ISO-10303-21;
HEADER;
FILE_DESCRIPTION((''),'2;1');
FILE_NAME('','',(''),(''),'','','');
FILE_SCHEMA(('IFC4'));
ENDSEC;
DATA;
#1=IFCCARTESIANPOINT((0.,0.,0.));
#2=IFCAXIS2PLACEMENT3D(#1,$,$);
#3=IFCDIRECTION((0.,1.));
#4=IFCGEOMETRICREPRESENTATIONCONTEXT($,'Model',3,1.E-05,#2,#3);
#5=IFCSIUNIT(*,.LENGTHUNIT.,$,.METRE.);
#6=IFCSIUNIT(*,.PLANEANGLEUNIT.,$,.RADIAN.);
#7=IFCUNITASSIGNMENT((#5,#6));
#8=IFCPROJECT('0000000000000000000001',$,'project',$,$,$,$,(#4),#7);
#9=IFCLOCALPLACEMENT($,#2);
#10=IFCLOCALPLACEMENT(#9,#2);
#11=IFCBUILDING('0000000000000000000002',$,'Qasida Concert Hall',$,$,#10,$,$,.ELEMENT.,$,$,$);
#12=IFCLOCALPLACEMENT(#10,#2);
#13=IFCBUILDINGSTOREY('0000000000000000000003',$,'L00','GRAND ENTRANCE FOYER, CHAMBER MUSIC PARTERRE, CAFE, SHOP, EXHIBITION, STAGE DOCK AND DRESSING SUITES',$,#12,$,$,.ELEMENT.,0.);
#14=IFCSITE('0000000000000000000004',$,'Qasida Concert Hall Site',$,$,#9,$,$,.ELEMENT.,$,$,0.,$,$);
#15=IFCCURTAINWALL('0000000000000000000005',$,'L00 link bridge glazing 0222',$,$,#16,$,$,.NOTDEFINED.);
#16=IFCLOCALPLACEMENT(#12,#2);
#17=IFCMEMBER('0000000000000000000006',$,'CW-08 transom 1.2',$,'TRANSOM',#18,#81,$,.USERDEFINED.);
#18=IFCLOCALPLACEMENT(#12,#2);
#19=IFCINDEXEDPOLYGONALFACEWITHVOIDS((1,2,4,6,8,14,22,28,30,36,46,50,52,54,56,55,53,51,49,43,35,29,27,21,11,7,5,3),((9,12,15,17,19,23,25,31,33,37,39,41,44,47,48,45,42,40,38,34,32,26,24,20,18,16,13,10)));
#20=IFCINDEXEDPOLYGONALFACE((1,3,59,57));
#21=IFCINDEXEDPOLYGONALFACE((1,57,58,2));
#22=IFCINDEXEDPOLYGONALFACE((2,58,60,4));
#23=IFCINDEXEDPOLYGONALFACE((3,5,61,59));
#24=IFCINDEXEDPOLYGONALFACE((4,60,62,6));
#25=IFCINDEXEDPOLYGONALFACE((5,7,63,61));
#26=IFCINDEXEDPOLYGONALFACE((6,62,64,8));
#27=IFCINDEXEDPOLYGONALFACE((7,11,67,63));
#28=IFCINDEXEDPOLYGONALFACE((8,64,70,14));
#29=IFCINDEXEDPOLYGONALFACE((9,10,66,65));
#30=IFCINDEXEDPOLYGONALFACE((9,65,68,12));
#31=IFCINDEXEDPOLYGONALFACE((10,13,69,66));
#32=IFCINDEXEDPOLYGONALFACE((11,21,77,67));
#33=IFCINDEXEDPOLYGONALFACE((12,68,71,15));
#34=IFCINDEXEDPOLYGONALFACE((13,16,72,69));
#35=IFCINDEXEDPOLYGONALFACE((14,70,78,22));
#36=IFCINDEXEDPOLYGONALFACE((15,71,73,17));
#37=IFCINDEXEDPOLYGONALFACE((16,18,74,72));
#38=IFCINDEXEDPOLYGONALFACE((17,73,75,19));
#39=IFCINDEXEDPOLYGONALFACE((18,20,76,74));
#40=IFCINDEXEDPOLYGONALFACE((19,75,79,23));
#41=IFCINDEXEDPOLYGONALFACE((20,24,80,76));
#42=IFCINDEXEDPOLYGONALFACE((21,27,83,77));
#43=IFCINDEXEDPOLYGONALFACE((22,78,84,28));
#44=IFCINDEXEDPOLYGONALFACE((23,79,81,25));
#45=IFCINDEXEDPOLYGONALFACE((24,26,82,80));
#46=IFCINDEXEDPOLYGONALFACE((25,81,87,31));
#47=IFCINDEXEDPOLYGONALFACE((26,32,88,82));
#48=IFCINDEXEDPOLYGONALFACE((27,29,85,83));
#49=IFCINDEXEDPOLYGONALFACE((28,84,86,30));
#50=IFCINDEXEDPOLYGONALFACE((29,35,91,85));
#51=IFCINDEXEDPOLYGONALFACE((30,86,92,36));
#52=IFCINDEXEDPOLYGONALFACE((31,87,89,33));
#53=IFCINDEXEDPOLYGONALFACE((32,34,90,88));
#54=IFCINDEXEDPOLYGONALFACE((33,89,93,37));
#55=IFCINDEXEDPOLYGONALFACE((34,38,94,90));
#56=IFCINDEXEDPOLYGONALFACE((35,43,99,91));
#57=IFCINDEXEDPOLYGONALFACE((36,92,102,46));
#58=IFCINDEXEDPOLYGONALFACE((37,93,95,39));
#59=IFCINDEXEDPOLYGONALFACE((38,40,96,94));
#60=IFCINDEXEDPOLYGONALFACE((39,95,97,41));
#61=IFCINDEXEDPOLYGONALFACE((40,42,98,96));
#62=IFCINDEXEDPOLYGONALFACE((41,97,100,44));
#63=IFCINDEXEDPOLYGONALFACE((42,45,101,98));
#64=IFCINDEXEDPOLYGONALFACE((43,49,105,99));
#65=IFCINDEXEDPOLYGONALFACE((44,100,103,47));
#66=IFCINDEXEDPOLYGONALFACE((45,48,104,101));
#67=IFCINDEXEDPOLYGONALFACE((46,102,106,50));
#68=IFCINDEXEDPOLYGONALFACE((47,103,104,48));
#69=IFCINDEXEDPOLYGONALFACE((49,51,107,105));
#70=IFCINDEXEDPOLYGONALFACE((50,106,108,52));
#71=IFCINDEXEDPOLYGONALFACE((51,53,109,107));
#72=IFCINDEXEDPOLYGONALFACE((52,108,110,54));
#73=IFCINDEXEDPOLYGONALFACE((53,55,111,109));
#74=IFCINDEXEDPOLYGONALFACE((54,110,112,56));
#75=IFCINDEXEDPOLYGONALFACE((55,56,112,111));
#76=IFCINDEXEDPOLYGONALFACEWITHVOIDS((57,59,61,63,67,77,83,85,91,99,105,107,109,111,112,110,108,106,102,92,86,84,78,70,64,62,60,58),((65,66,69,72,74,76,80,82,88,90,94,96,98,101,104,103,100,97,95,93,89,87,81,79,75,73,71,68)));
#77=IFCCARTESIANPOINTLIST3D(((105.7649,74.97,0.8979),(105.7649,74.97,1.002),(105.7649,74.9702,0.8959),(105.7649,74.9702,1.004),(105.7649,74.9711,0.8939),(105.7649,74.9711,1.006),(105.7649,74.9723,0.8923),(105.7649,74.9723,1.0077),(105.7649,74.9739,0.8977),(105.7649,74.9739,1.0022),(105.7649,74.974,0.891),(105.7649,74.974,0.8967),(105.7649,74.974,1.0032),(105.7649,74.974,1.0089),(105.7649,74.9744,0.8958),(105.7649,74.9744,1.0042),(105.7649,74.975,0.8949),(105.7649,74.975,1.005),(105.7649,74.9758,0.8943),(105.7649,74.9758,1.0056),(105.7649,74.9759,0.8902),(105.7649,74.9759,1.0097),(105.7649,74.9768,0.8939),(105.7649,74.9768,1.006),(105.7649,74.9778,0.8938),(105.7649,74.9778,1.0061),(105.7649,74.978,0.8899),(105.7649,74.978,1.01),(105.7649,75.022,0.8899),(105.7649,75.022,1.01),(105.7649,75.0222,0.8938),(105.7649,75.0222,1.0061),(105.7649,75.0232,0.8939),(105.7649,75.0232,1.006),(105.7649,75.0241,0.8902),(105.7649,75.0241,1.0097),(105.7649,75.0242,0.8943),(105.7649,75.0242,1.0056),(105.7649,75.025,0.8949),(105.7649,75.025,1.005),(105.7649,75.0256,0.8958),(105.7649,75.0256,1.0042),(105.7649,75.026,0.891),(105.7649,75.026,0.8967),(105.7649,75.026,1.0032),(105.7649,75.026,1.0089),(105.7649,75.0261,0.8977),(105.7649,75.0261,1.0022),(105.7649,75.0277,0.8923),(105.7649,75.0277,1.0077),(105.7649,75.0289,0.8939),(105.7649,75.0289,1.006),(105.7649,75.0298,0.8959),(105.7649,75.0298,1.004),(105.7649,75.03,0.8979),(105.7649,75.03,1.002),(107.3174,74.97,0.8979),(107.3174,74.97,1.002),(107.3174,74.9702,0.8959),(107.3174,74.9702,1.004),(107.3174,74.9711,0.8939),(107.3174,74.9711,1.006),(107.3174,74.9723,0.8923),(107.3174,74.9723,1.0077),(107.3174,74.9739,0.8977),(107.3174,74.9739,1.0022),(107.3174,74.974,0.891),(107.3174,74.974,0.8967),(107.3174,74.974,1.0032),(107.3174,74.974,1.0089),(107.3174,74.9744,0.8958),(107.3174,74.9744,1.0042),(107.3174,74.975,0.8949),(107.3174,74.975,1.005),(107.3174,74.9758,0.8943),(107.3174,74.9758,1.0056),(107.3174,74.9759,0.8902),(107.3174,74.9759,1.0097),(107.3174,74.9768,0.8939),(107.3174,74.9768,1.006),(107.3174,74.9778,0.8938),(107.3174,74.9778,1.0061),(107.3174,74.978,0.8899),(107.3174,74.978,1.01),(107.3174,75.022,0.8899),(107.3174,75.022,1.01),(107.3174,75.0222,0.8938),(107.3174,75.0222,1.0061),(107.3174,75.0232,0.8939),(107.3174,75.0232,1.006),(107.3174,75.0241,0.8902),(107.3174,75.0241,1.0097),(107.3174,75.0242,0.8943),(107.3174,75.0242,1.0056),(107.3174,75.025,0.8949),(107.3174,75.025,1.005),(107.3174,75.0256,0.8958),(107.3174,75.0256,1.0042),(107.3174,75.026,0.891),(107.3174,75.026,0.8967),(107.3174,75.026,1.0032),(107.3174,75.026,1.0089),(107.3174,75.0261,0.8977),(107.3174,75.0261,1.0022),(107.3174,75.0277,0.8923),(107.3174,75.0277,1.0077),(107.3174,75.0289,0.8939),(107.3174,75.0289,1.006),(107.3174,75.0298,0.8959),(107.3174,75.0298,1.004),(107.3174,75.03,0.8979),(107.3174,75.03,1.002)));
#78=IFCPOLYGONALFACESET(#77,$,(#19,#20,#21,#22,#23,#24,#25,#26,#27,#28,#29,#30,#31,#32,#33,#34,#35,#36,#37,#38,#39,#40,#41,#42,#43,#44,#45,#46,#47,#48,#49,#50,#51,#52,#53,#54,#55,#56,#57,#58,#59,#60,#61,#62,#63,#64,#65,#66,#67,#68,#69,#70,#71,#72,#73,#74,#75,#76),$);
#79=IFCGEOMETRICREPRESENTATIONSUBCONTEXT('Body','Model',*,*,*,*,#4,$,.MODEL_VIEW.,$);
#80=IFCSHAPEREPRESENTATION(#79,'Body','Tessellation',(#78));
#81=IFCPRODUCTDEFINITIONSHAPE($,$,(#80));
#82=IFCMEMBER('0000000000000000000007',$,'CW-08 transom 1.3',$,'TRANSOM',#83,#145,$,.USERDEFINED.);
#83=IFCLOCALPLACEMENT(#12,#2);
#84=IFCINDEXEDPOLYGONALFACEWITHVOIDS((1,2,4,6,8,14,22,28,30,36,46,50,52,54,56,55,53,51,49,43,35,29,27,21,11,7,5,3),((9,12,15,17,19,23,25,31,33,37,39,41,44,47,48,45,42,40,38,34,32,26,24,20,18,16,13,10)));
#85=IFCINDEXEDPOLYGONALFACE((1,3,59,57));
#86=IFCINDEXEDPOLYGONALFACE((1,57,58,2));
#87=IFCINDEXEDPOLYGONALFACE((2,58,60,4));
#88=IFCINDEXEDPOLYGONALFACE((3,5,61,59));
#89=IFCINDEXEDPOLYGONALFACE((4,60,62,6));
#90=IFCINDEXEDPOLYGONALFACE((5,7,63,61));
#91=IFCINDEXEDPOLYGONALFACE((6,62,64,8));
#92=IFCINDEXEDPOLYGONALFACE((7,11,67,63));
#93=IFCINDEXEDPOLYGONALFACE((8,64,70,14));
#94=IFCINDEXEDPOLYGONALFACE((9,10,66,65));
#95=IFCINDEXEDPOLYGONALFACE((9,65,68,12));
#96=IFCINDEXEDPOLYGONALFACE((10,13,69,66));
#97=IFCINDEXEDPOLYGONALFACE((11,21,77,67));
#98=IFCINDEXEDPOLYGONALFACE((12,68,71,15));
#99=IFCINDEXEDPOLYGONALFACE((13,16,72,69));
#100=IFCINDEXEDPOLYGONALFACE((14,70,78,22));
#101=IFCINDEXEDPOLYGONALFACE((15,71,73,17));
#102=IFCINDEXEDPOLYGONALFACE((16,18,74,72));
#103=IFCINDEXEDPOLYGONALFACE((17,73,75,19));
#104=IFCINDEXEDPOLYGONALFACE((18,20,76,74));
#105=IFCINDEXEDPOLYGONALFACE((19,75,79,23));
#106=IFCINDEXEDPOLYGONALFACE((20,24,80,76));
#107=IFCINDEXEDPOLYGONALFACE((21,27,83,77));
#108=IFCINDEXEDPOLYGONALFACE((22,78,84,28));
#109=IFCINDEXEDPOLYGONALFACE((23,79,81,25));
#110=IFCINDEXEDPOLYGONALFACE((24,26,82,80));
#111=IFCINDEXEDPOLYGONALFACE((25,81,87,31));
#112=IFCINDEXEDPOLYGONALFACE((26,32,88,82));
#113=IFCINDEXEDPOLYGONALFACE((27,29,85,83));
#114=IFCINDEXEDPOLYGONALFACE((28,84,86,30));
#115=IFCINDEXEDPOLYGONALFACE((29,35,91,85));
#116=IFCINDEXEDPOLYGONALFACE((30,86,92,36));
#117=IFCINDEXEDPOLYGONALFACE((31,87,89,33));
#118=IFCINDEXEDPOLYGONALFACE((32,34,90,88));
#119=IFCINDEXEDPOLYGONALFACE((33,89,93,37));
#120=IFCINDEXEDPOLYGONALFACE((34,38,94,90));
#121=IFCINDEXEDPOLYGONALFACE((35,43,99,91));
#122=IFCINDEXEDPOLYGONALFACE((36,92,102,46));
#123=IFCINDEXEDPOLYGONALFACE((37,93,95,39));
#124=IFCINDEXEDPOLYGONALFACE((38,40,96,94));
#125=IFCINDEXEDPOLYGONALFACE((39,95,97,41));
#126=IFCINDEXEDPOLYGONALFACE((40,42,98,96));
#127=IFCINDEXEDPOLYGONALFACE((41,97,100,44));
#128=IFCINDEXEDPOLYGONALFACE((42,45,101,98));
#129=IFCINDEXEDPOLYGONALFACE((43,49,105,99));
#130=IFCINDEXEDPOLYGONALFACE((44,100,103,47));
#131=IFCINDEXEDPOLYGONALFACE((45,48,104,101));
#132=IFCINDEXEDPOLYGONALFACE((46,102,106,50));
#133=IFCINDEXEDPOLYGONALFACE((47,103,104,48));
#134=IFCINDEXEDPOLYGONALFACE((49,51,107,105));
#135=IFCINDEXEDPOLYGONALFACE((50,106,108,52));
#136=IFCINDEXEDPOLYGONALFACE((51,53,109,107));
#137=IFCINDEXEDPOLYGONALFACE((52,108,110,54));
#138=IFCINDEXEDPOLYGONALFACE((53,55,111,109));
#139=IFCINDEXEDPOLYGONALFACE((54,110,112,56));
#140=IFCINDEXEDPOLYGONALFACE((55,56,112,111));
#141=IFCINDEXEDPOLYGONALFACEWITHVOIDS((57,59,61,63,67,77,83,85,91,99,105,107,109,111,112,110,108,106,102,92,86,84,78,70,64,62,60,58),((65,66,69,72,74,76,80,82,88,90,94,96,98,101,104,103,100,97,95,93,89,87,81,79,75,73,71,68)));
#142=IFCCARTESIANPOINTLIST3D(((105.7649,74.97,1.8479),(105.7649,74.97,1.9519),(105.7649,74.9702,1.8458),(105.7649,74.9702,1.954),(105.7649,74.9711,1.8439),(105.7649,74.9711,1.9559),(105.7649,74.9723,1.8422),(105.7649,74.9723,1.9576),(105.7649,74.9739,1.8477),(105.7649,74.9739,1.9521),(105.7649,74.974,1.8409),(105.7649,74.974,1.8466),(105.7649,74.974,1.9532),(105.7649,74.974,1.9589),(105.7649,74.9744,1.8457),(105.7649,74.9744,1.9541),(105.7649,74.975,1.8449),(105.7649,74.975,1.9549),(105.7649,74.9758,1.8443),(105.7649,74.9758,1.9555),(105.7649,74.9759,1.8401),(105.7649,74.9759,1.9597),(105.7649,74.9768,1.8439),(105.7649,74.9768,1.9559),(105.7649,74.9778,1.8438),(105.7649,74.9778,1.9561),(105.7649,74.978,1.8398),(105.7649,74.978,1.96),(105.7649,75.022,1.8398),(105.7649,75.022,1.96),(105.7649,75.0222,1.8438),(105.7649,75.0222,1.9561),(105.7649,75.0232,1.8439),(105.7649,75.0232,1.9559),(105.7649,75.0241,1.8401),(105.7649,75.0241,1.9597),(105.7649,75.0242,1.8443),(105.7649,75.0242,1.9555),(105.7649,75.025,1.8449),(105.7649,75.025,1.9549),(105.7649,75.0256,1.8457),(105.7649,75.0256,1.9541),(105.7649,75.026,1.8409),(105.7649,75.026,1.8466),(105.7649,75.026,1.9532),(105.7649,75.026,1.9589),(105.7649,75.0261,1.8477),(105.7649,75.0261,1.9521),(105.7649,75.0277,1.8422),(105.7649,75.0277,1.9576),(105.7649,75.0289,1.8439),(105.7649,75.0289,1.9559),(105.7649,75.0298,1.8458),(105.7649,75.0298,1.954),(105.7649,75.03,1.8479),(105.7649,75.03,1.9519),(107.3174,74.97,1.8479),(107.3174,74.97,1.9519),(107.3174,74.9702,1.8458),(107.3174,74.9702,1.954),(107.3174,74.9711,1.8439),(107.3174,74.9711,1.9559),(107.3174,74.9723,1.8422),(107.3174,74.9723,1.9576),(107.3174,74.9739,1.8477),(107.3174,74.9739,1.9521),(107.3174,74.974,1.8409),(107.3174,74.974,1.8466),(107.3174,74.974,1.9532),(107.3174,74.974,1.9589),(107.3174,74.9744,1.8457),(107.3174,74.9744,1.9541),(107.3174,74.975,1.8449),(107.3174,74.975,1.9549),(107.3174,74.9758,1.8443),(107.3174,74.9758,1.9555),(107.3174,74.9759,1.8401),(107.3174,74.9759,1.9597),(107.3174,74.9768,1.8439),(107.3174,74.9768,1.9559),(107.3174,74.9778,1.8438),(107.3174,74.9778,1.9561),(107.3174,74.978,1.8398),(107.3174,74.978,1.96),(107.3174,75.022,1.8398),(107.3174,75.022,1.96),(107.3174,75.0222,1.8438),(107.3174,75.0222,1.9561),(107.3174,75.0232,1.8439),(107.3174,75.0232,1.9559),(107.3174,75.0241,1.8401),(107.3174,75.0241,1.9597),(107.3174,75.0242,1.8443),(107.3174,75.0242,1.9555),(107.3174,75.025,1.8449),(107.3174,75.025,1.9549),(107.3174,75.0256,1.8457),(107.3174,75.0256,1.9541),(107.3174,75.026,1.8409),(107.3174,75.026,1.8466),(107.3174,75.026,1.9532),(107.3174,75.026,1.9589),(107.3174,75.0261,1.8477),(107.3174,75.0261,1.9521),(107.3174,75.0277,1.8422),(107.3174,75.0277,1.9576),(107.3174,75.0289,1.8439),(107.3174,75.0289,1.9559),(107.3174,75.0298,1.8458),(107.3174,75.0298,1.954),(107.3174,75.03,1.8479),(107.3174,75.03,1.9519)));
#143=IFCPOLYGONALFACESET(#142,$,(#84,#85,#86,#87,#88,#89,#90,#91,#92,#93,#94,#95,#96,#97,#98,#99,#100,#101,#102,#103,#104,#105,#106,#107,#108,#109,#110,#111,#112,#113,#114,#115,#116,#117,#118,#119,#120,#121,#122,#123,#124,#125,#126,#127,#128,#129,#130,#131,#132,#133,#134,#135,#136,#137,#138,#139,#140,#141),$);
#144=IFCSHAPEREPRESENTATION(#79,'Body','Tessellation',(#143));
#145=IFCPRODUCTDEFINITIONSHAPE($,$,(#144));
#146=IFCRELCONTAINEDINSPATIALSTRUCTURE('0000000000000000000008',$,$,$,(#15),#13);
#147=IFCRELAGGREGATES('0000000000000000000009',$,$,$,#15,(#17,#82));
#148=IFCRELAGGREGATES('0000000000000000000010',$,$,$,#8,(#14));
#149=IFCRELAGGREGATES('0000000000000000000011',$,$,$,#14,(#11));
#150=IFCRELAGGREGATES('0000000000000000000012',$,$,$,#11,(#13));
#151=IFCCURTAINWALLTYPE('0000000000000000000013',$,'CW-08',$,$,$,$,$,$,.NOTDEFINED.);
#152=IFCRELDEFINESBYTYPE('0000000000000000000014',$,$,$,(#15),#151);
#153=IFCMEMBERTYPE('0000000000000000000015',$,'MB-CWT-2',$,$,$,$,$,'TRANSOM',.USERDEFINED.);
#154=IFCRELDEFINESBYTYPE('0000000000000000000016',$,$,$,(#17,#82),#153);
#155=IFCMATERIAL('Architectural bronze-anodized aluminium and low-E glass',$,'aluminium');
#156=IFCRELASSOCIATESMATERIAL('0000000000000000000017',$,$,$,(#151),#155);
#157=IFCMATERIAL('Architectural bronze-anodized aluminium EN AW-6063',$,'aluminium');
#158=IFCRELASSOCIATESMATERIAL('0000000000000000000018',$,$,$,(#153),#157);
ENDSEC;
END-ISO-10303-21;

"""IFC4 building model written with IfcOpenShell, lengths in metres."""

from ifc_helpers import new_model, si_unit, direction, frame, origin, origin_2d, place, context, subcontext, project, spatial, hollow_rectangle, extrude, material, material_profile, profile_set, type_object, element, aggregate, save


model = new_model("IFC4")

# Units and contexts
model_context = context("Model", 3, precision=1e-05, world=origin(), true_north=direction((0.0, 1.0)))
body_context = subcontext(model_context, "Body", "Model", "MODEL_VIEW")
ifc_project = project(units=[si_unit("LENGTHUNIT", "METRE"), si_unit("PLANEANGLEUNIT", "RADIAN")], contexts=[model_context])

# Site, building, storey
site_placement = place(None, origin())
site = spatial("IfcSite", under=ifc_project, at=site_placement, Name="Qasida Concert Hall Site", CompositionType="ELEMENT", RefElevation=0.0)
building_placement = place(site_placement, origin())
building = spatial("IfcBuilding", under=site, at=building_placement, Name="Qasida Concert Hall", CompositionType="ELEMENT")
storey_placement = place(building_placement, origin())
storey = spatial("IfcBuildingStorey", under=building, at=storey_placement, Name="L00", Description="GRAND ENTRANCE FOYER, CHAMBER MUSIC PARTERRE, CAFE, SHOP, EXHIBITION, STAGE DOCK AND DRESSING SUITES", CompositionType="ELEMENT", Elevation=0.0)

# Curtain wall, members
ifc_material_1 = material(Name="Architectural bronze-anodized aluminium and low-E glass", Category="aluminium")
curtain_wall_type = type_object("IfcCurtainWallType", Name="CW-08", PredefinedType="NOTDEFINED", material=ifc_material_1)
curtain_wall_placement = place(storey_placement, origin())
curtain_wall = element("IfcCurtainWall", 1, at=curtain_wall_placement, inside=storey, type_object=curtain_wall_type, Name="L00 link bridge glazing 0222", PredefinedType="NOTDEFINED")
ifc_material_2 = material(Name="Architectural bronze-anodized aluminium EN AW-6063", Category="aluminium")
ifc_material_profile_1 = material_profile(ifc_material_2, hollow_rectangle(XDim=0.0601, YDim=0.1201, WallThickness=0.0039, InnerFilletRadius=0.0039, OuterFilletRadius=0.0081, at=origin_2d()), Name="CWT 120x60x4")
ifc_profile_set_1 = profile_set([ifc_material_profile_1], Name="Architectural bronze-anodized aluminium EN AW-6063")
member_type_1 = type_object("IfcMemberType", Name="MB-CWT-2", ElementType="TRANSOM", PredefinedType="USERDEFINED", material=ifc_profile_set_1)
member_1_placement = place(storey_placement, frame((105.7649, 75.0, 0.95), z_axis=(1.0, 0.0, 0.0), x_axis=(0.0, 1.0, 0.0)))
member_1 = element("IfcMember", 2, at=member_1_placement, type_object=member_type_1, Name="CW-08 transom 1.2", ObjectType="TRANSOM", PredefinedType="USERDEFINED", context=body_context, shape_type="SweptSolid", body=[
    extrude(hollow_rectangle(XDim=0.0601, YDim=0.1201, WallThickness=0.0039, InnerFilletRadius=0.0039, OuterFilletRadius=0.0081, at=origin_2d()), origin(), (0.0, 0.0, 1.0), 1.5525),
])
member_2_placement = place(storey_placement, frame((105.7649, 75.0, 1.8999), z_axis=(1.0, 0.0, 0.0), x_axis=(0.0, 1.0, 0.0)))
member_2 = element("IfcMember", 3, at=member_2_placement, type_object=member_type_1, Name="CW-08 transom 1.3", ObjectType="TRANSOM", PredefinedType="USERDEFINED", context=body_context, shape_type="SweptSolid", body=[
    extrude(hollow_rectangle(XDim=0.0601, YDim=0.1201, WallThickness=0.0039, InnerFilletRadius=0.0039, OuterFilletRadius=0.0081, at=origin_2d()), origin(), (0.0, 0.0, 1.0), 1.5525),
])
aggregate(curtain_wall, [member_1, member_2])

save(model, "model.ifc")
